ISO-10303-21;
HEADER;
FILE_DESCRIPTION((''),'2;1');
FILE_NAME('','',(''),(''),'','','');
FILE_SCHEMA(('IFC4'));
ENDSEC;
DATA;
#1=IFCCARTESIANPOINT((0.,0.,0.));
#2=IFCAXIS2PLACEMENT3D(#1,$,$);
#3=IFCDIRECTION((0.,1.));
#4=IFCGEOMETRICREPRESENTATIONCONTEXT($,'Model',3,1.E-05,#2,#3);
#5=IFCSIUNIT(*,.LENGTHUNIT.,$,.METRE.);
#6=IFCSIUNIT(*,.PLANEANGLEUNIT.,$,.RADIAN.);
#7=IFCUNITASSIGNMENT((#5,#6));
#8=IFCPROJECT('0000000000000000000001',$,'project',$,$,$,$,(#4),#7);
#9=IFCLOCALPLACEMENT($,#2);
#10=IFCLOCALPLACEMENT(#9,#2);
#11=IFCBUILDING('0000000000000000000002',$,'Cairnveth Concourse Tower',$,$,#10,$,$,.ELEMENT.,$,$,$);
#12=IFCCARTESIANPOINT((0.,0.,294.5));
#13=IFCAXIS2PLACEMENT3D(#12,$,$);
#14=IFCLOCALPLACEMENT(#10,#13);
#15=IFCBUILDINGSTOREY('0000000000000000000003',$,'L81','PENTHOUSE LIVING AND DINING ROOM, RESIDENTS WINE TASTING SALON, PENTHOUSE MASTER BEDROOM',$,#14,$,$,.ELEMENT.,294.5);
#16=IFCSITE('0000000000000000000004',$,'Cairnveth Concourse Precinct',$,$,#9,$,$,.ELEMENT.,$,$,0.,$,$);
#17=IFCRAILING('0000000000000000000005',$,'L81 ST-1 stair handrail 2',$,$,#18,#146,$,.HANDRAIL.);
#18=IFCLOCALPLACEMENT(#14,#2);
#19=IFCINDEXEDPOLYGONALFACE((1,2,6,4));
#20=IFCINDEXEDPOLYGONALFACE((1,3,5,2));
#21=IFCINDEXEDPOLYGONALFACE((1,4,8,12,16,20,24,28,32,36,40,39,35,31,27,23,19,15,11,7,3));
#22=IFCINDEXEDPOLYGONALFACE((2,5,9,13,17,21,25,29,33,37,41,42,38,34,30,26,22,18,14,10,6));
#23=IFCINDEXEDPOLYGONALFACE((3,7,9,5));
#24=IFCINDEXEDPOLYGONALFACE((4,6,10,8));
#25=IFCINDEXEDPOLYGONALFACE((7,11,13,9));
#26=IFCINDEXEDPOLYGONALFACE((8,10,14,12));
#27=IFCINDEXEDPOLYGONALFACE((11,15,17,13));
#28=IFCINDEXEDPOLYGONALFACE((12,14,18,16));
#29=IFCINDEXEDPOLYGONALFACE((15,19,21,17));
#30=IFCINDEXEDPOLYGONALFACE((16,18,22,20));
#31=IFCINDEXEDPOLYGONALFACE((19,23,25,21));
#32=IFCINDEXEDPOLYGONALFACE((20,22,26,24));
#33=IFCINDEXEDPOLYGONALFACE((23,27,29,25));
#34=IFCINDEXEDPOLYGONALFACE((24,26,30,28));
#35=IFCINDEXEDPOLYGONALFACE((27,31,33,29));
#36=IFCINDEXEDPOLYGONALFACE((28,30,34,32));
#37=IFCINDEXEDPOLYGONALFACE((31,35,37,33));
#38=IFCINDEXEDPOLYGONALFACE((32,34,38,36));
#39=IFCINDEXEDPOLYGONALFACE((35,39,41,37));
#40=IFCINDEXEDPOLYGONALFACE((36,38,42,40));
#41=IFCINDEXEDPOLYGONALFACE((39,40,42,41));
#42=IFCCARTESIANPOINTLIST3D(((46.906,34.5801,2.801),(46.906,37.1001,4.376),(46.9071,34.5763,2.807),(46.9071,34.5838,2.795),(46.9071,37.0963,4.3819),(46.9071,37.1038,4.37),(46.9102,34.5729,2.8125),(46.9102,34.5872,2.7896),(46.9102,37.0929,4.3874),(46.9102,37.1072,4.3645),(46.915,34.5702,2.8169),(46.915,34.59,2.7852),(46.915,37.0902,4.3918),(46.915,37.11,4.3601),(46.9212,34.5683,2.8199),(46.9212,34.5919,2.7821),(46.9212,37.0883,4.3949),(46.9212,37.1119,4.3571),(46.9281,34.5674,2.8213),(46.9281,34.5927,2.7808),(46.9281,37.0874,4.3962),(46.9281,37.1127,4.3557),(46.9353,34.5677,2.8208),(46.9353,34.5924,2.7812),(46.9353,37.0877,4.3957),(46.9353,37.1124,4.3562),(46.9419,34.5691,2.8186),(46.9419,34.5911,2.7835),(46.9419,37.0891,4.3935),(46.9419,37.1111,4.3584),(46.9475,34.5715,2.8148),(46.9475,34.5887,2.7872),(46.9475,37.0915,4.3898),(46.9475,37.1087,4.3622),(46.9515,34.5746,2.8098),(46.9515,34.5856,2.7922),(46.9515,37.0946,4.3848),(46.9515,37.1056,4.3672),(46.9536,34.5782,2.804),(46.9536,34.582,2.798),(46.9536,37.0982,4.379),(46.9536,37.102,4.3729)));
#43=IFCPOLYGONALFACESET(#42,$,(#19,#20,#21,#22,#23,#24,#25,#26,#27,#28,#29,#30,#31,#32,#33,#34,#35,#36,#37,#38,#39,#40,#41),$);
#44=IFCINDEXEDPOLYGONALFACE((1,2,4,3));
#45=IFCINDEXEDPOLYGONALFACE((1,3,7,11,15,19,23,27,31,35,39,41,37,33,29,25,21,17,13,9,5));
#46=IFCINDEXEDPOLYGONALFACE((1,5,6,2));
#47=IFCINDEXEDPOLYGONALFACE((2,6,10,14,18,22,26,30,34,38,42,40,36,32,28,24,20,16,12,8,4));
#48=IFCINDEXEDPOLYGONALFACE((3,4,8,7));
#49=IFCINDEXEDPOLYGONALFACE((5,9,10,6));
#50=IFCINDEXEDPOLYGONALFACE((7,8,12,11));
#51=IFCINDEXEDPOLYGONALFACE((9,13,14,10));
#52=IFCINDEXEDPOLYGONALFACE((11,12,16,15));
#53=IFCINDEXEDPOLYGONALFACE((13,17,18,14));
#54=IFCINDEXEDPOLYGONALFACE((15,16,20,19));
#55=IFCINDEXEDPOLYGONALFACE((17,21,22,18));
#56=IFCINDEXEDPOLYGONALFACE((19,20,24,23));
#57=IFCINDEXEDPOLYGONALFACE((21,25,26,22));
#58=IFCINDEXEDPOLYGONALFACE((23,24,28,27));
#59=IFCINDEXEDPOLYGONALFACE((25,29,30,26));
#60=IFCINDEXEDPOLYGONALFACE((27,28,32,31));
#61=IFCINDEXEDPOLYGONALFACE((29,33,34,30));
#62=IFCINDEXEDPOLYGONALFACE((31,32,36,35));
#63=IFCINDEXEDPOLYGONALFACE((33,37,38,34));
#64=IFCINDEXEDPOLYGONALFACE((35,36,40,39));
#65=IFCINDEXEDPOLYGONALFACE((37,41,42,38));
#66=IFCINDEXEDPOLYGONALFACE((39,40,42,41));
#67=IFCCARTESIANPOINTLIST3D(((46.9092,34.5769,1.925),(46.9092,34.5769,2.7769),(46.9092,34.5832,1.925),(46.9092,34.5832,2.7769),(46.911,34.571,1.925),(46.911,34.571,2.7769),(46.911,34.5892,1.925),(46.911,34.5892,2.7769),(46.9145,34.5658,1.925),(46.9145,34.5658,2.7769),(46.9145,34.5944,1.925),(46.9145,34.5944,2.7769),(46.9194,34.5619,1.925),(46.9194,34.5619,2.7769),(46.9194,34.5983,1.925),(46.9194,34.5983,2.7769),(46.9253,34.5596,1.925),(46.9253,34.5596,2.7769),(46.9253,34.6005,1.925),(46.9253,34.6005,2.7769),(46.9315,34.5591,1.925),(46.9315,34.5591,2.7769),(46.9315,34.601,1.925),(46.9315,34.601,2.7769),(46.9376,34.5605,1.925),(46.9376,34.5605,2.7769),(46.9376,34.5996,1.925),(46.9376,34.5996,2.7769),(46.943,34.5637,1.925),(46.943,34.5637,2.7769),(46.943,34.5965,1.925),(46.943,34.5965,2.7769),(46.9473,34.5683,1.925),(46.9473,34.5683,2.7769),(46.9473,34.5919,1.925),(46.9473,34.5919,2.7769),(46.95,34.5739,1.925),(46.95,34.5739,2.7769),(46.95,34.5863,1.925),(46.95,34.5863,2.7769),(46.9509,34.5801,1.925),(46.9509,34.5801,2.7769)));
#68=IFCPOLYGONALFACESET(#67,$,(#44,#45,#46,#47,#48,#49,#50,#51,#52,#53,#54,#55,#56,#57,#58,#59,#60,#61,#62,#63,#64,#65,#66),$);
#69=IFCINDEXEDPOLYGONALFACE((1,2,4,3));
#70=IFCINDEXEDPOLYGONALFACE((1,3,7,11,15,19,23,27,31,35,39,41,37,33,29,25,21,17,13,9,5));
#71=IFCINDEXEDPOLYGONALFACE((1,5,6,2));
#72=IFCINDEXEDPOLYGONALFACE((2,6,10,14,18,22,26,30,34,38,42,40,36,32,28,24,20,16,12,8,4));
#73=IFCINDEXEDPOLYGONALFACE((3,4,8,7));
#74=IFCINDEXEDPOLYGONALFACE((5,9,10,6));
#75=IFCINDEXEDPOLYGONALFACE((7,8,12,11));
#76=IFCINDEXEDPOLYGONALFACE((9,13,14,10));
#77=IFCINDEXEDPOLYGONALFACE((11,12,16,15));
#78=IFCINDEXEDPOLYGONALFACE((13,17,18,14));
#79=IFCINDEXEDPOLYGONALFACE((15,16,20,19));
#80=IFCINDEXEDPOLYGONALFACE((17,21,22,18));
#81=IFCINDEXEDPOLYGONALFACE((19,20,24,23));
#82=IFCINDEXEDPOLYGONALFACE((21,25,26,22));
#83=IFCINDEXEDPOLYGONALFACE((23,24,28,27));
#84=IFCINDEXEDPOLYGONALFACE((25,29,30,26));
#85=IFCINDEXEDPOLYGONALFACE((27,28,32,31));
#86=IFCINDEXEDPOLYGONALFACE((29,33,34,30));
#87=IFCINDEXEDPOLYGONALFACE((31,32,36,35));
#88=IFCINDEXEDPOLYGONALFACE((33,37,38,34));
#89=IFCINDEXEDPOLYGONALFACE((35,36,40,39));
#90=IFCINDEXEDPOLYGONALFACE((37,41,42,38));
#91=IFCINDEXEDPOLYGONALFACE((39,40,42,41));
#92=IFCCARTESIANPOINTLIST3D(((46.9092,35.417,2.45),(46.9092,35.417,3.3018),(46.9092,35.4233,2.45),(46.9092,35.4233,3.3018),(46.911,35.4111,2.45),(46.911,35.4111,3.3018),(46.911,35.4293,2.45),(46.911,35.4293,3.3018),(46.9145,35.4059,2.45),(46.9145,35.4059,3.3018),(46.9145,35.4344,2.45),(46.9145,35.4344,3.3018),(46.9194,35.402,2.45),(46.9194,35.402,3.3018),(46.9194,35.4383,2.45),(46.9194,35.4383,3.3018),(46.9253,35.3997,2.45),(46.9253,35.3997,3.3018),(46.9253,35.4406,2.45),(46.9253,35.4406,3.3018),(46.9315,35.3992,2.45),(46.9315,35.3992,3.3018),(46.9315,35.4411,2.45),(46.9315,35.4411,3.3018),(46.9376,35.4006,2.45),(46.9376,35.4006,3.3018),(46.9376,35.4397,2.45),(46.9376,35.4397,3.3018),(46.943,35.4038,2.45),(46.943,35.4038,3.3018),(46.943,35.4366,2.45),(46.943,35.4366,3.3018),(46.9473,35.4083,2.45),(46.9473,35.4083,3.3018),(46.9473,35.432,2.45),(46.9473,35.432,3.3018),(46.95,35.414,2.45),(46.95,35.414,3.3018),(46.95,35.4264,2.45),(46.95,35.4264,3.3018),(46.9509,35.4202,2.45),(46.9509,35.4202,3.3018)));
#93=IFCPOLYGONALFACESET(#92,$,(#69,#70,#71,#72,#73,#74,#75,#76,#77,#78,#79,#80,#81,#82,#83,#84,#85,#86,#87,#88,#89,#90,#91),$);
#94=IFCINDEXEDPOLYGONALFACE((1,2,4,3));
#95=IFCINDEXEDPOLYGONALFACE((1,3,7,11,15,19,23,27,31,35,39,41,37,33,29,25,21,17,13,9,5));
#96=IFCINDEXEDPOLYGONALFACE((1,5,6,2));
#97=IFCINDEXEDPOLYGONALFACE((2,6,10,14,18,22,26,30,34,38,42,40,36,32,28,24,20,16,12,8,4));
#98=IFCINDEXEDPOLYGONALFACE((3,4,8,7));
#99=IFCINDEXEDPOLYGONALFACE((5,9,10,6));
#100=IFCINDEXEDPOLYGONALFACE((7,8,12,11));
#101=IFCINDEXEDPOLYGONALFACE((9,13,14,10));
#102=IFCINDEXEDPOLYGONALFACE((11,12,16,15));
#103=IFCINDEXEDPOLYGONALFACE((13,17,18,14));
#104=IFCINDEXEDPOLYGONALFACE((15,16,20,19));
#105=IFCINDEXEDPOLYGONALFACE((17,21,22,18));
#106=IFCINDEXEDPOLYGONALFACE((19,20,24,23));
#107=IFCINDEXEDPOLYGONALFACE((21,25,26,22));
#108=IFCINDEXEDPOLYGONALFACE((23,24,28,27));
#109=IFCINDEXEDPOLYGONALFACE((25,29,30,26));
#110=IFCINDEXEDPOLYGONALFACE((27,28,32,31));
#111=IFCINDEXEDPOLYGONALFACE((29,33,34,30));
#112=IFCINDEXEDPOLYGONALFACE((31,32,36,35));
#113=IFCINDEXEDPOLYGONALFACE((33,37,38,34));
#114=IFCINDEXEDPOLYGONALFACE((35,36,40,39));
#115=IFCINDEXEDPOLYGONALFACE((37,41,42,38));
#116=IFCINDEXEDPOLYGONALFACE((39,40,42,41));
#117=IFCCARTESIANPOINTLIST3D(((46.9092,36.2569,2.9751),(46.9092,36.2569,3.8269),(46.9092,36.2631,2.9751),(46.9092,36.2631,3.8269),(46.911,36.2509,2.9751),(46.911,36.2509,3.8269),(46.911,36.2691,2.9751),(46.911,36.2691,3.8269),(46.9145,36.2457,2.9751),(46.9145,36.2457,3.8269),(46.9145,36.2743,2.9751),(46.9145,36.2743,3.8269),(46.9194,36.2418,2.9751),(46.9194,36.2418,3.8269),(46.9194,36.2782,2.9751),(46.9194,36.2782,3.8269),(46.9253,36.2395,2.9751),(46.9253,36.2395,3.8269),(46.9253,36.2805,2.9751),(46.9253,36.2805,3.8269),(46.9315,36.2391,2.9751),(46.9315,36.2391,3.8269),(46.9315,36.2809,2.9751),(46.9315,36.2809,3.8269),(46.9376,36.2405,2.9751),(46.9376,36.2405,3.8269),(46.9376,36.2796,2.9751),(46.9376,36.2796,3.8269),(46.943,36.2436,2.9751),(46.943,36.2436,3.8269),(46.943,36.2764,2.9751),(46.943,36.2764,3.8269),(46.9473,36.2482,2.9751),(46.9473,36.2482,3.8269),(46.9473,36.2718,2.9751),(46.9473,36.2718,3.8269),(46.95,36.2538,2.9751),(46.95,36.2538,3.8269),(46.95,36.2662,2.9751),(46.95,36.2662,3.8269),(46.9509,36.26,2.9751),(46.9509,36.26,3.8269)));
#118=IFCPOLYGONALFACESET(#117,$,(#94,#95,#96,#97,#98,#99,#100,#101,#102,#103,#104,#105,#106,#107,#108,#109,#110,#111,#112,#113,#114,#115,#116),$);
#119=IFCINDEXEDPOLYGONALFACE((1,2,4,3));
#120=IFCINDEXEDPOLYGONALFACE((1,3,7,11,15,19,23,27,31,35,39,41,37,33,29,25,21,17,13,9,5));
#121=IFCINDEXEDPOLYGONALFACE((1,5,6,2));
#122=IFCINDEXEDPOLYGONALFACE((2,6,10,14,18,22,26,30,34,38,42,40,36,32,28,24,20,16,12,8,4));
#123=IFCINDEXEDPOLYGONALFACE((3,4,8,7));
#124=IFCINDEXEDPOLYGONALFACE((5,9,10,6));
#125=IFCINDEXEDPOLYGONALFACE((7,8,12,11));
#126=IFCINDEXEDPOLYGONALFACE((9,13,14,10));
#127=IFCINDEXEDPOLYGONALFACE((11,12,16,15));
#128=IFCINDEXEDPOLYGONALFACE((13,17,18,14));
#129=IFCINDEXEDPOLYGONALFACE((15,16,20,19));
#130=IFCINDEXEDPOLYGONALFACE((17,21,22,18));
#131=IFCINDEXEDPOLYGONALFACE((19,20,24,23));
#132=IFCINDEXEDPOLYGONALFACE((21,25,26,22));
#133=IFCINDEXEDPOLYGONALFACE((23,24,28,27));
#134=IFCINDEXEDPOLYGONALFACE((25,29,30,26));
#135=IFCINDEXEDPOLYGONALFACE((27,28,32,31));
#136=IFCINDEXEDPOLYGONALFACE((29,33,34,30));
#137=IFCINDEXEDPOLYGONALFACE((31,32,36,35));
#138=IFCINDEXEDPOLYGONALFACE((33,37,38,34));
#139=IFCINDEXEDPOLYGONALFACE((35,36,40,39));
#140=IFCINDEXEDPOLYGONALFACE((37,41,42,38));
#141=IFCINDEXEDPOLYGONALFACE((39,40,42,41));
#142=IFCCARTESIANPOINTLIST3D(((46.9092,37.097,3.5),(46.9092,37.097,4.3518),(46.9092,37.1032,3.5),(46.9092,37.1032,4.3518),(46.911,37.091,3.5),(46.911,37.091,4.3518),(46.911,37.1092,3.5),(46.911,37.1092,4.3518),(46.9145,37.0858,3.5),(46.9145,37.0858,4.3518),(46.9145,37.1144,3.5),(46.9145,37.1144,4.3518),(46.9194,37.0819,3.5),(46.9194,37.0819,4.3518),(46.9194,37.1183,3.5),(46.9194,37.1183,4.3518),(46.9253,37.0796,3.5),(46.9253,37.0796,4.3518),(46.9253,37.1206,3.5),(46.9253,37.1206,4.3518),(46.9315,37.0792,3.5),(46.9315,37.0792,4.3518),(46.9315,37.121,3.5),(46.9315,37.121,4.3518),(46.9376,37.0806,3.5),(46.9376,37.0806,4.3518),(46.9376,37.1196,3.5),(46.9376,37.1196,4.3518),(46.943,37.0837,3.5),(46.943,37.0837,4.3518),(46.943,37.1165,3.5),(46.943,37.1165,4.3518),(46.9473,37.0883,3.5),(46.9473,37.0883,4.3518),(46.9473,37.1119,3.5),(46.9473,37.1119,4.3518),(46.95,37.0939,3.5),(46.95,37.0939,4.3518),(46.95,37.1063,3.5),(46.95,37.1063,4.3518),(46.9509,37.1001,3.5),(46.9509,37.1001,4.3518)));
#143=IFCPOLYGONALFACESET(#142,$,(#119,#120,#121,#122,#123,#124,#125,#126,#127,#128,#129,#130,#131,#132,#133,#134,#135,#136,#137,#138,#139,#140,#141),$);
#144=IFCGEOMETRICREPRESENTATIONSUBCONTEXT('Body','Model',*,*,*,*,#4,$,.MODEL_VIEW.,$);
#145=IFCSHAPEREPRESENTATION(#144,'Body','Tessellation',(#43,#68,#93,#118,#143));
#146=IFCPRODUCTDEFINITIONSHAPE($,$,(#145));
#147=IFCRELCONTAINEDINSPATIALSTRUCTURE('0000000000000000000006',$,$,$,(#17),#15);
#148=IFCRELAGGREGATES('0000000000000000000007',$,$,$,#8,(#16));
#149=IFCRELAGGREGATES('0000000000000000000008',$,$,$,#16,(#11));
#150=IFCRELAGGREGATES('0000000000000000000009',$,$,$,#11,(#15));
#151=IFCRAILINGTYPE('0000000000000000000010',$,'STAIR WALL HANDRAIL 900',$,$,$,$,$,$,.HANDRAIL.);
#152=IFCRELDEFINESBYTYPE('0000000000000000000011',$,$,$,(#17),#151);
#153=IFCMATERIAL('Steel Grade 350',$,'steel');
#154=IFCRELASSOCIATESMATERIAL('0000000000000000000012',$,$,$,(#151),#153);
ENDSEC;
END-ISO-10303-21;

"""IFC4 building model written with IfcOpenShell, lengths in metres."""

from ifc_helpers import new_model, si_unit, direction, frame, origin, origin_2d, place, context, subcontext, project, spatial, circle, extrude, material, type_object, element, save


model = new_model("IFC4")

# Units and contexts
model_context = context("Model", 3, precision=1e-05, world=origin(), true_north=direction((0.0, 1.0)))
body_context = subcontext(model_context, "Body", "Model", "MODEL_VIEW")
ifc_project = project(units=[si_unit("LENGTHUNIT", "METRE"), si_unit("PLANEANGLEUNIT", "RADIAN")], contexts=[model_context])

# Site, building, storey
site_placement = place(None, origin())
site = spatial("IfcSite", under=ifc_project, at=site_placement, Name="Cairnveth Concourse Precinct", CompositionType="ELEMENT", RefElevation=0.0)
building_placement = place(site_placement, origin())
building = spatial("IfcBuilding", under=site, at=building_placement, Name="Cairnveth Concourse Tower", CompositionType="ELEMENT")
storey_placement = place(building_placement, frame((0.0, 0.0, 294.5)))
storey = spatial("IfcBuildingStorey", under=building, at=storey_placement, Name="L81", Description="PENTHOUSE LIVING AND DINING ROOM, RESIDENTS WINE TASTING SALON, PENTHOUSE MASTER BEDROOM", CompositionType="ELEMENT", Elevation=294.5)

# Shared definitions
ifc_material_1 = material(Name="Steel Grade 350", Category="steel")

# Railing
railing_type_1 = type_object("IfcRailingType", Name="STAIR WALL HANDRAIL 900", PredefinedType="HANDRAIL", material=ifc_material_1)
railing_1_placement = place(storey_placement, frame((46.9299, 34.5801, 1.925)))
element("IfcRailing", 1, at=railing_1_placement, inside=storey, type_object=railing_type_1, Name="L81 ST-1 stair handrail 2", PredefinedType="HANDRAIL", context=body_context, shape_type="SweptSolid", body=[
    extrude(circle(Radius=0.0239, at=origin_2d()), frame((0.0, 0.0, 0.876), z_axis=(0.0, 0.848008, 0.529984), x_axis=(-1.0, 0.0, 0.0)), (0.0, 0.0, 1.0), 2.9717),
    extrude(circle(Radius=0.021, at=origin_2d()), origin(), (0.0, 0.0, 1.0), 0.8518),
    extrude(circle(Radius=0.021, at=origin_2d()), frame((0.0, 0.8401, 0.5249)), (0.0, 0.0, 1.0), 0.8518),
    extrude(circle(Radius=0.021, at=origin_2d()), frame((0.0, 1.6799, 1.05)), (0.0, 0.0, 1.0), 0.8518),
    extrude(circle(Radius=0.021, at=origin_2d()), frame((0.0, 2.52, 1.575)), (0.0, 0.0, 1.0), 0.8518),
])

save(model, "model.ifc")
